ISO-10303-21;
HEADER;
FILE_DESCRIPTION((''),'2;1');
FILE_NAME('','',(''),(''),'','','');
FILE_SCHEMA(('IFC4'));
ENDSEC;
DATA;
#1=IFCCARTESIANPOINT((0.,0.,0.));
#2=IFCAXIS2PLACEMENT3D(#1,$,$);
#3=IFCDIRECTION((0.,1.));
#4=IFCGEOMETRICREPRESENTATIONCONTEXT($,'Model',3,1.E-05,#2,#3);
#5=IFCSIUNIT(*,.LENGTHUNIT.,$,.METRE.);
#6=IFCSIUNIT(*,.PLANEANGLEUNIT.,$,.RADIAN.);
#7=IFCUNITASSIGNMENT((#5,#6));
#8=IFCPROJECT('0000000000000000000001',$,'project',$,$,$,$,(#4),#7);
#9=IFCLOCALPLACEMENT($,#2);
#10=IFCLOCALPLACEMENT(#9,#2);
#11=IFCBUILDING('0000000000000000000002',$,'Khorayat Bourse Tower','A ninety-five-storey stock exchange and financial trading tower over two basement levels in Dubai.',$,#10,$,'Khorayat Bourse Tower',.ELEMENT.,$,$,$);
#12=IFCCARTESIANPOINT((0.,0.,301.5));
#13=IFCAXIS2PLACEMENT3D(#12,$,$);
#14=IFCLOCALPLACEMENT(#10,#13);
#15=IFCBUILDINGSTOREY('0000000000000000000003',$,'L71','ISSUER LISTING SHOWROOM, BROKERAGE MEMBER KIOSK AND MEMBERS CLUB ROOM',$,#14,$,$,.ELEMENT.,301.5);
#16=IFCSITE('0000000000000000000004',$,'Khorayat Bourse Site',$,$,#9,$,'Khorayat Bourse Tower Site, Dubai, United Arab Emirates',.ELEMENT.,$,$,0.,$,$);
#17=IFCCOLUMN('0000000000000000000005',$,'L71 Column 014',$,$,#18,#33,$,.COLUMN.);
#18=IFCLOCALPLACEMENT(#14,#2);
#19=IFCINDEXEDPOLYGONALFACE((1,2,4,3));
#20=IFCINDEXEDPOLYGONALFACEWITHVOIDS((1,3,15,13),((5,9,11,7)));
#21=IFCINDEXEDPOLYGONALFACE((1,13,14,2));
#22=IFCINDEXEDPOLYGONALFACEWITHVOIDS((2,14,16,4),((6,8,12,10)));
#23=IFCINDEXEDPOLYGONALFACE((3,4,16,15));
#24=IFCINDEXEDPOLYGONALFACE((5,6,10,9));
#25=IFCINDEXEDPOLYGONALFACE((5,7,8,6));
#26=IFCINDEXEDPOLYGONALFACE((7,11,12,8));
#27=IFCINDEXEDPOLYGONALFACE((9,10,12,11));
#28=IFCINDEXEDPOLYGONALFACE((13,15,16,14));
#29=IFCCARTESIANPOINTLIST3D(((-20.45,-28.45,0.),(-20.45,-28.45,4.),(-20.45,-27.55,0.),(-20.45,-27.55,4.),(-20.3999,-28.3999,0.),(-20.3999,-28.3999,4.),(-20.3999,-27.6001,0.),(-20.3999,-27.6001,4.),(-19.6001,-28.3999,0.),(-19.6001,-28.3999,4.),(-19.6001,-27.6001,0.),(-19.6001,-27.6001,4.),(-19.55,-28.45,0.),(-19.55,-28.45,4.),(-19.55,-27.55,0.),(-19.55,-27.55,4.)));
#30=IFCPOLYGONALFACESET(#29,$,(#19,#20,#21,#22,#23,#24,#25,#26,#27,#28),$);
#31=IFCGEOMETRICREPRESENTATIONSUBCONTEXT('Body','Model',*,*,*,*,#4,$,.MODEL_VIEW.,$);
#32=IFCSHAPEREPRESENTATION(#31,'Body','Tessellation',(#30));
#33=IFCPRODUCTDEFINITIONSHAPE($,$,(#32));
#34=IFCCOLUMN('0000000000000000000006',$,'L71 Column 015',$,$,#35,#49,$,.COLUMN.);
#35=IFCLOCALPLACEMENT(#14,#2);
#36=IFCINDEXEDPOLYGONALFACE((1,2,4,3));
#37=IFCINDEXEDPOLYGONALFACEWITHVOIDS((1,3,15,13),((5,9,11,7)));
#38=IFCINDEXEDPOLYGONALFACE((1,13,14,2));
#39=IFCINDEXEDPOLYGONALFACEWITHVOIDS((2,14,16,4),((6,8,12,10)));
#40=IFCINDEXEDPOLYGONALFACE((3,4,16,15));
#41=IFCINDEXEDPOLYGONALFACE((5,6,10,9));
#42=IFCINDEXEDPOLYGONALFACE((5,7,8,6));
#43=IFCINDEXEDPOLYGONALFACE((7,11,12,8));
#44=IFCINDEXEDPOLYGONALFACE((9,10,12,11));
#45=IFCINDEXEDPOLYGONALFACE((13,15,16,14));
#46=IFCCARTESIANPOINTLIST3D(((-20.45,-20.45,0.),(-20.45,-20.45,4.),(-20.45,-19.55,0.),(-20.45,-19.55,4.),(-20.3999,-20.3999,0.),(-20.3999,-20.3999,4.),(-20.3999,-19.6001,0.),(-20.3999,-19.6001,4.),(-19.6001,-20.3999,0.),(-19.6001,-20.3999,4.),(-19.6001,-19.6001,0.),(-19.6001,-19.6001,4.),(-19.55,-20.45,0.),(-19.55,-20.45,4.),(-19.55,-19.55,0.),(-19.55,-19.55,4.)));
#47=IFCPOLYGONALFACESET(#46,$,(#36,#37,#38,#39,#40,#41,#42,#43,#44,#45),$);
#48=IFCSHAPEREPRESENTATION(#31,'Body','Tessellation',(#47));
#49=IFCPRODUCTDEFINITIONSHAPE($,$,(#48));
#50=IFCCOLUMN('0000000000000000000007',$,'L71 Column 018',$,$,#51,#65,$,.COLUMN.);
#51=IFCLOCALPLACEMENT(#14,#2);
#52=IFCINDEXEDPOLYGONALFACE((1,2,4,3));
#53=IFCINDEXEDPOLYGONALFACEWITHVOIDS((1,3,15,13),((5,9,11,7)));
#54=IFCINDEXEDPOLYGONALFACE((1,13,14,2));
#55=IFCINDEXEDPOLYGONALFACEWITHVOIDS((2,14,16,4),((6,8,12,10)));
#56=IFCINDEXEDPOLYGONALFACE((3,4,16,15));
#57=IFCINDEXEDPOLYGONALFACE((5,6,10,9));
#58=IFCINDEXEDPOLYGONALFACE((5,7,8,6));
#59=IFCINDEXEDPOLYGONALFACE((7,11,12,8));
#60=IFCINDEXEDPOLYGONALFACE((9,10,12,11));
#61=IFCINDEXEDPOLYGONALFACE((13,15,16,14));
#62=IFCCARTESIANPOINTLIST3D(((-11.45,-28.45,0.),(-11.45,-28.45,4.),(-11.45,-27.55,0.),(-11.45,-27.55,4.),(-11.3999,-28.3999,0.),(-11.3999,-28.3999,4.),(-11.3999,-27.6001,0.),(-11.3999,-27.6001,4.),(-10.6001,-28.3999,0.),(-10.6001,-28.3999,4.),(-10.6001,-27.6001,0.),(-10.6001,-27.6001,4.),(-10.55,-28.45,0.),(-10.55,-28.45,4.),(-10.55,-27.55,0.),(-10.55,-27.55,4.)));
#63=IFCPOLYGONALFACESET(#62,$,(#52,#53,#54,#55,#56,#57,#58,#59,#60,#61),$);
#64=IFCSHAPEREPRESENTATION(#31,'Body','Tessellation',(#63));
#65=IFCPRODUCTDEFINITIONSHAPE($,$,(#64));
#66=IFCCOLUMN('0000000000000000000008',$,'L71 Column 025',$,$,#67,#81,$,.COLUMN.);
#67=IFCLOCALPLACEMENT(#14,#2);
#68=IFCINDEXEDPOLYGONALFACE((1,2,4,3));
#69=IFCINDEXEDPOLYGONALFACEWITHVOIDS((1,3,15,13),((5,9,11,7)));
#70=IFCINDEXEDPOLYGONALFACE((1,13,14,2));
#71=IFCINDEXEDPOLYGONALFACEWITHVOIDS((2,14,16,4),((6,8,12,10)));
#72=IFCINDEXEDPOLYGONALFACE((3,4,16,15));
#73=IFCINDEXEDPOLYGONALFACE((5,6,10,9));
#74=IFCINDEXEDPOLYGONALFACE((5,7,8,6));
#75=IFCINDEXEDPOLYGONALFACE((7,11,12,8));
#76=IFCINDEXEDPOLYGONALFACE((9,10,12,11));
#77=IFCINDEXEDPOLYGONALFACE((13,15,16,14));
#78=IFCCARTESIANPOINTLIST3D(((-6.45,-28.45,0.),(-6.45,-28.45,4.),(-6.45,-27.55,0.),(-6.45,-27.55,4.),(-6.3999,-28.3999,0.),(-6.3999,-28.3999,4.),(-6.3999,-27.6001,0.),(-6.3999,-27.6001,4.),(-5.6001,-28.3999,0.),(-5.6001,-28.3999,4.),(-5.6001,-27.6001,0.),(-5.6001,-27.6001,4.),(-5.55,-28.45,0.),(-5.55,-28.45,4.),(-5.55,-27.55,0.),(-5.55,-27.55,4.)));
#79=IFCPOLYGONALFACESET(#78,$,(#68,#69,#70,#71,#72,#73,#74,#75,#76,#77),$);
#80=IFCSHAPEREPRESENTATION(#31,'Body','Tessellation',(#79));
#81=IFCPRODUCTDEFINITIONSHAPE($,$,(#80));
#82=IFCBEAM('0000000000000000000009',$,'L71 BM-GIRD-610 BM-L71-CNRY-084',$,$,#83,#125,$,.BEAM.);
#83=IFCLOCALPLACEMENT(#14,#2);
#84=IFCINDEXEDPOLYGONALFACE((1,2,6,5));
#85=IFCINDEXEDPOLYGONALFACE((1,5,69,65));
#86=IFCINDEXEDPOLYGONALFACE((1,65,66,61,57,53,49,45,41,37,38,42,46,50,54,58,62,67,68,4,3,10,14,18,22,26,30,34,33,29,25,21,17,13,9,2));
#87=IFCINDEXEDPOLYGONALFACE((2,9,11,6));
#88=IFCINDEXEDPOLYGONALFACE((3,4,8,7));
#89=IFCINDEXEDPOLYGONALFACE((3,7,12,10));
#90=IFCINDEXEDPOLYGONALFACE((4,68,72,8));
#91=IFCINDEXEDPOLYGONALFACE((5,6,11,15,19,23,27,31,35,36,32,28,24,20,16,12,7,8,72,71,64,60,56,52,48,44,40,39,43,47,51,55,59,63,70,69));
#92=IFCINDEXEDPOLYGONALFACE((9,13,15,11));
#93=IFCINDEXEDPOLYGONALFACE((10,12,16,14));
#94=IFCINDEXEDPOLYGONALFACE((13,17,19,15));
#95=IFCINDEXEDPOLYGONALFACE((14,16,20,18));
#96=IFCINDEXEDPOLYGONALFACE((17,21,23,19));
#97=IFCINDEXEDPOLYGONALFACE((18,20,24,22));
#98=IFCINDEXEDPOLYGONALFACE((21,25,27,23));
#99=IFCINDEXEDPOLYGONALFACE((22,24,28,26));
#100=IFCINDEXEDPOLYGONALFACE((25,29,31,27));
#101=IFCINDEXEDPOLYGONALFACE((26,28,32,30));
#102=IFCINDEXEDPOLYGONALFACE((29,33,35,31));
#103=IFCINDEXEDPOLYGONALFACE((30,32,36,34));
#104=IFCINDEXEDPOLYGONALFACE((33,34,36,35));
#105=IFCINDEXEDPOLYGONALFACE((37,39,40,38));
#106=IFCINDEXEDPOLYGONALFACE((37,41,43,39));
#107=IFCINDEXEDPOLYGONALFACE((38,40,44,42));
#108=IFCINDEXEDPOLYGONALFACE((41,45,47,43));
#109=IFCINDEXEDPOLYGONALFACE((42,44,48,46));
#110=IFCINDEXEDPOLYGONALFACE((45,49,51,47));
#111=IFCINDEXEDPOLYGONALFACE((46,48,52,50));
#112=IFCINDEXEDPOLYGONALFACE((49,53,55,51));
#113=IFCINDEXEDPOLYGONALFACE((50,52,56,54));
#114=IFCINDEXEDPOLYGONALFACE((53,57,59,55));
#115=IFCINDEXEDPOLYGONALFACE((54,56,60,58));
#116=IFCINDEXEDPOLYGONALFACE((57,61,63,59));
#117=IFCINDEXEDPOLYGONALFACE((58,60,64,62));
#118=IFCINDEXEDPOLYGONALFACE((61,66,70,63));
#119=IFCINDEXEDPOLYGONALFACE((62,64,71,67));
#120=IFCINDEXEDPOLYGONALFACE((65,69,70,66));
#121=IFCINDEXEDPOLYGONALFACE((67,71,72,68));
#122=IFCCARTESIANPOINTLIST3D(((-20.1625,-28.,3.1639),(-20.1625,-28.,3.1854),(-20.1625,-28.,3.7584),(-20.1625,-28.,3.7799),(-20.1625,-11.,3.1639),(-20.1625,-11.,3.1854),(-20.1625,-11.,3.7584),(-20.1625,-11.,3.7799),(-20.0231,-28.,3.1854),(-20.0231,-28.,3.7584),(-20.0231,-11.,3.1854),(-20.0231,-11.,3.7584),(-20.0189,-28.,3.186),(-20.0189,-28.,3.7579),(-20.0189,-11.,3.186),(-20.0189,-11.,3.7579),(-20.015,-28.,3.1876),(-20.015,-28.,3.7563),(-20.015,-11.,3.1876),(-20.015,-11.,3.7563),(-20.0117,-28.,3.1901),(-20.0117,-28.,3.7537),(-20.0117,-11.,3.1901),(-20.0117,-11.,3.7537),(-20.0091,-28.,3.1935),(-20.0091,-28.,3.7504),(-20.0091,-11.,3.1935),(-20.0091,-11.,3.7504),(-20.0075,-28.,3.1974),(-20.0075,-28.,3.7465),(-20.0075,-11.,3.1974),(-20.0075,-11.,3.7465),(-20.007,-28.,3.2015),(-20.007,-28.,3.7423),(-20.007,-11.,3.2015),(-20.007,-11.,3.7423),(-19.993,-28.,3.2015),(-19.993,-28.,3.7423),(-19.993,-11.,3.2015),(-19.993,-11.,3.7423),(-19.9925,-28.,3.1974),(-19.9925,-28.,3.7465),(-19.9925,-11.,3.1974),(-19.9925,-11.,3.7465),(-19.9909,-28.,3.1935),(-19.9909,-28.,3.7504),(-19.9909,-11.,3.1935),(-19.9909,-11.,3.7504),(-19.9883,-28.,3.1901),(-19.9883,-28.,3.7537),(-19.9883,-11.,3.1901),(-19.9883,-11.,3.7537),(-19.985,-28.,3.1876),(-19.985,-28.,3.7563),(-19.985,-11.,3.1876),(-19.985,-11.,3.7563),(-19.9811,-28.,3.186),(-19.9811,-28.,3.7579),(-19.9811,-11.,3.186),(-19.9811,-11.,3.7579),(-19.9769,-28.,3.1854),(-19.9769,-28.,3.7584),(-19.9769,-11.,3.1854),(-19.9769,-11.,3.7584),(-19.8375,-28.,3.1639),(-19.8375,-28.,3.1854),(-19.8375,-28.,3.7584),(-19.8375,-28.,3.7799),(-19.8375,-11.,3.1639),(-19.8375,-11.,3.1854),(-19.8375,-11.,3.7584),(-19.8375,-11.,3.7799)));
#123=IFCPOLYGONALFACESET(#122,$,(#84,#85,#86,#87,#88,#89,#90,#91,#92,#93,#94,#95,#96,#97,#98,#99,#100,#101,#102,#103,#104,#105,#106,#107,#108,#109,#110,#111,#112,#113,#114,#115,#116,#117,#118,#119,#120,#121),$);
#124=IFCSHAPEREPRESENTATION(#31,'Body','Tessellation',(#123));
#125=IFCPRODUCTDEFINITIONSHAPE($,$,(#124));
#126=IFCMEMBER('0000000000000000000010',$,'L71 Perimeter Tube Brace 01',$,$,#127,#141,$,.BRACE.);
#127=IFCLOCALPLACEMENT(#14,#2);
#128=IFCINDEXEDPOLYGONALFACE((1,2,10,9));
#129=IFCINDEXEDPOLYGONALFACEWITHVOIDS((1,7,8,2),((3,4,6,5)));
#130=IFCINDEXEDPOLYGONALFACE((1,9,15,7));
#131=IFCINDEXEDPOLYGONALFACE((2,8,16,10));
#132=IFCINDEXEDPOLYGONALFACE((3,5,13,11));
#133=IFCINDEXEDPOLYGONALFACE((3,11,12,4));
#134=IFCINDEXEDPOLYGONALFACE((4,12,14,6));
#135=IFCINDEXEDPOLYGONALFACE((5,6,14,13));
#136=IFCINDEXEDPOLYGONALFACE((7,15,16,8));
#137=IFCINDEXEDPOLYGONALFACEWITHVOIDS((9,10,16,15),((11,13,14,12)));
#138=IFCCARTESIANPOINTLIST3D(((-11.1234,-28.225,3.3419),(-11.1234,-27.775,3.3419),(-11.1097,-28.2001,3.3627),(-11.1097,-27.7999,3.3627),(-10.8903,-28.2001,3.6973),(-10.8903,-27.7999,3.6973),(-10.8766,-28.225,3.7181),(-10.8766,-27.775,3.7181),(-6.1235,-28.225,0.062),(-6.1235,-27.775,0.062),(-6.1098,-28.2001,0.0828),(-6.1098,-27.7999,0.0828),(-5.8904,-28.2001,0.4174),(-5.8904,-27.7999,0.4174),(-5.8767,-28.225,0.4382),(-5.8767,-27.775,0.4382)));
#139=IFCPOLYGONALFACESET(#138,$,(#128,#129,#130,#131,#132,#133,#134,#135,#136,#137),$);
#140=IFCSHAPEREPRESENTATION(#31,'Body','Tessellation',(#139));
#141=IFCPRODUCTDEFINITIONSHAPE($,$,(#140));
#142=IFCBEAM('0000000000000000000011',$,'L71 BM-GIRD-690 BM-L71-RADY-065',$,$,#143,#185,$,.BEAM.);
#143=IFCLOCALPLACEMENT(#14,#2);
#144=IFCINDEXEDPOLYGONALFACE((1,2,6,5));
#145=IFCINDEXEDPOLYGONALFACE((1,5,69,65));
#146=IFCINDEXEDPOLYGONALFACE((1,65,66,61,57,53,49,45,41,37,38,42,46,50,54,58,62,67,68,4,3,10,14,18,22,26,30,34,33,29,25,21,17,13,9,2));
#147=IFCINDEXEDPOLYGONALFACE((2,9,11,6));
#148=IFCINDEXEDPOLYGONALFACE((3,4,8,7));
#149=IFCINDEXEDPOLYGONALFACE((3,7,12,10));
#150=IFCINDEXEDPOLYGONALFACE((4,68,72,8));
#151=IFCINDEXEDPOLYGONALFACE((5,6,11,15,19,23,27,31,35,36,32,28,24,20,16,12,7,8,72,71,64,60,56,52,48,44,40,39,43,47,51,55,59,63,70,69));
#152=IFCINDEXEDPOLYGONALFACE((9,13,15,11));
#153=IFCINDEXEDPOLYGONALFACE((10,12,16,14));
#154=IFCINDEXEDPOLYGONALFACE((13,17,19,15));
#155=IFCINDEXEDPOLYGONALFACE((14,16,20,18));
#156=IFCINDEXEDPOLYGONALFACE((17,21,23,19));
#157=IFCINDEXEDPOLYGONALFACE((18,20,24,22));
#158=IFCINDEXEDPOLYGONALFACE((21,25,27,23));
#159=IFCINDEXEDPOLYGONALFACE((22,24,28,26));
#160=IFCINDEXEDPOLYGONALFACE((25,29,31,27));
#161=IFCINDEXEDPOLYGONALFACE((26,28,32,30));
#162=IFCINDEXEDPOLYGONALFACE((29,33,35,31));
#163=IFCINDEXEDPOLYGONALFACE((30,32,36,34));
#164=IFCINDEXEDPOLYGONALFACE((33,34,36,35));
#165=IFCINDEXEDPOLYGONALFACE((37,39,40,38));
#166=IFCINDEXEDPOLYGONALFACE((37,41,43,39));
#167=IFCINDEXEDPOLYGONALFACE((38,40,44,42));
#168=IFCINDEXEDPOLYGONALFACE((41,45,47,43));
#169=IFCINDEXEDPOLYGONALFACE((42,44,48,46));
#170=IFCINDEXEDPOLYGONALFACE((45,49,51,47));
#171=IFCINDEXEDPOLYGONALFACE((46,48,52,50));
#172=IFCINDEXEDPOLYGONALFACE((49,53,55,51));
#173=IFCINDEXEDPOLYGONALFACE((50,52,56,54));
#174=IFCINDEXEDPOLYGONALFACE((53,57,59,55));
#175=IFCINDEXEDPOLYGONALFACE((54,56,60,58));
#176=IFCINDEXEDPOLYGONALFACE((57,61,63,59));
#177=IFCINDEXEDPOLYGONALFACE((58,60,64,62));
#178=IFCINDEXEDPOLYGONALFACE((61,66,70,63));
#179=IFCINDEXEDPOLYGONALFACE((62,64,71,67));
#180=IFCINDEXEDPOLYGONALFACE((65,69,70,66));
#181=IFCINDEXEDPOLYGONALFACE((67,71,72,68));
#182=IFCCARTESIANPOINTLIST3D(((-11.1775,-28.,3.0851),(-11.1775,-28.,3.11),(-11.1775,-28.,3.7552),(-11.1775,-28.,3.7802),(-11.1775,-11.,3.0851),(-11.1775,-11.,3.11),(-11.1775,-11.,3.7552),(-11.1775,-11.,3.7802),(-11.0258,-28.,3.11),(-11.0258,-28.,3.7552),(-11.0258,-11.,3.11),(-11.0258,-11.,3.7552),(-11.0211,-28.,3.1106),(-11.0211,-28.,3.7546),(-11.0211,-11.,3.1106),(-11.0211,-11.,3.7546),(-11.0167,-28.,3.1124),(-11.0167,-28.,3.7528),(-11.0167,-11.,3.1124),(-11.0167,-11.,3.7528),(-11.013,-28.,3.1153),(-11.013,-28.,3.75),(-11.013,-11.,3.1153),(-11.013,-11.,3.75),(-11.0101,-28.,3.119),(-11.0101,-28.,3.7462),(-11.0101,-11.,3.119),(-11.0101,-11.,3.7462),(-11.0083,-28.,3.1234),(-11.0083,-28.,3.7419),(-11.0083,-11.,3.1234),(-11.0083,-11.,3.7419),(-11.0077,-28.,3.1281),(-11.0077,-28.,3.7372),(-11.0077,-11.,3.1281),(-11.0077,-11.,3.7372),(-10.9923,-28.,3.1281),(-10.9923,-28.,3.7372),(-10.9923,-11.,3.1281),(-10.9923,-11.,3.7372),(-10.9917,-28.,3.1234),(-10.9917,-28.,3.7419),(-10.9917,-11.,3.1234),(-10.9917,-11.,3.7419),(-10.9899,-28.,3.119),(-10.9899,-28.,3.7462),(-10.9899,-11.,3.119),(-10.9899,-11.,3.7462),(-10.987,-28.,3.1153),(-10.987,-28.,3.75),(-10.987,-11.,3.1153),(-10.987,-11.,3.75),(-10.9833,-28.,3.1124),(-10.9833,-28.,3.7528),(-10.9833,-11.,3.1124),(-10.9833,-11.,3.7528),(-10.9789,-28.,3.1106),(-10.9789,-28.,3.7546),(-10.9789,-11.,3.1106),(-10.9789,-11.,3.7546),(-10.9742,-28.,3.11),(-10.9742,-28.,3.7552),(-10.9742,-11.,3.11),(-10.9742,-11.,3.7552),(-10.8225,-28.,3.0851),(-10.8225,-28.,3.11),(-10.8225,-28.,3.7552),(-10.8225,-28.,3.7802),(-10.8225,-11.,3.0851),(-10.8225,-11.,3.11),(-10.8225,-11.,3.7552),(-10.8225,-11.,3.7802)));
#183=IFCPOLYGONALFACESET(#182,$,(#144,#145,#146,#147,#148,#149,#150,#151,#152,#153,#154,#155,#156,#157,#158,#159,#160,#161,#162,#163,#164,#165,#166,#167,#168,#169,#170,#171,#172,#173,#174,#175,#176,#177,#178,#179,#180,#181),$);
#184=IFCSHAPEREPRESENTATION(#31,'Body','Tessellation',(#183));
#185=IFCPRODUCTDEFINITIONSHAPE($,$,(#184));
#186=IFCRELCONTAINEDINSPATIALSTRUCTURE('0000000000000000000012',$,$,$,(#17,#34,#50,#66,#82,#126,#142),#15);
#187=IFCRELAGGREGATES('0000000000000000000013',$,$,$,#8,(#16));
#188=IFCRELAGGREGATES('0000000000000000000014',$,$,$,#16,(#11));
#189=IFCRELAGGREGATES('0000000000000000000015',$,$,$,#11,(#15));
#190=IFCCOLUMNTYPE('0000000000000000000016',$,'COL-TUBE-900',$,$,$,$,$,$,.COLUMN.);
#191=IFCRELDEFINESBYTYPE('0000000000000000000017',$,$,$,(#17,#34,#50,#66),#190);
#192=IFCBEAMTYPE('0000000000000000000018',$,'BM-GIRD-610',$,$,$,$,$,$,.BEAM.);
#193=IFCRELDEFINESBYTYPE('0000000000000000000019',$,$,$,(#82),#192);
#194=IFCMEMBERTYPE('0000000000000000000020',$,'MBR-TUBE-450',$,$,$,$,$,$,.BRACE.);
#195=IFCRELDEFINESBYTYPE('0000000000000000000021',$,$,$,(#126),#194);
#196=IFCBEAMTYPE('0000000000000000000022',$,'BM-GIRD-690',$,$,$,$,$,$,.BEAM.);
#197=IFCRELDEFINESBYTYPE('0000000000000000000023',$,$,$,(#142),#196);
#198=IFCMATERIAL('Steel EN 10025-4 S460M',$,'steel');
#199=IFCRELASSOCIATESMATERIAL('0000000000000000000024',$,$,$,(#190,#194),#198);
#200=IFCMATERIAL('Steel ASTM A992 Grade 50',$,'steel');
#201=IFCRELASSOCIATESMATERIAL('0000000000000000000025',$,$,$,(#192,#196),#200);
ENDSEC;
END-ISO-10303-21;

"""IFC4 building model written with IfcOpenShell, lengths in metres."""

from ifc_helpers import new_model, si_unit, direction, frame, origin, origin_2d, place, context, subcontext, project, spatial, hollow_rectangle, i_section, extrude, source, transform, mapped, material, material_profile, profile_set, type_object, element, save


model = new_model("IFC4")

# Units and contexts
model_context = context("Model", 3, precision=1e-05, world=origin(), true_north=direction((0.0, 1.0)))
body_context = subcontext(model_context, "Body", "Model", "MODEL_VIEW")
ifc_project = project(units=[si_unit("LENGTHUNIT", "METRE"), si_unit("PLANEANGLEUNIT", "RADIAN")], contexts=[model_context])

# Site, building, storey
site_placement = place(None, origin())
site = spatial("IfcSite", under=ifc_project, at=site_placement, Name="Khorayat Bourse Site", LongName="Khorayat Bourse Tower Site, Dubai, United Arab Emirates", CompositionType="ELEMENT", RefElevation=0.0)
building_placement = place(site_placement, origin())
building = spatial("IfcBuilding", under=site, at=building_placement, Name="Khorayat Bourse Tower", Description="A ninety-five-storey stock exchange and financial trading tower over two basement levels in Dubai.", LongName="Khorayat Bourse Tower", CompositionType="ELEMENT")
storey_placement = place(building_placement, frame((0.0, 0.0, 301.5)))
storey = spatial("IfcBuildingStorey", under=building, at=storey_placement, Name="L71", Description="ISSUER LISTING SHOWROOM, BROKERAGE MEMBER KIOSK AND MEMBERS CLUB ROOM", CompositionType="ELEMENT", Elevation=301.5)

# Columns
ifc_material_1 = material(Name="Steel EN 10025-4 S460M", Category="steel")
ifc_material_profile_1 = material_profile(ifc_material_1, hollow_rectangle(XDim=0.8999, YDim=0.8999, WallThickness=0.05, at=origin_2d()), Name="BOX 900x900x50")
ifc_profile_set_1 = profile_set([ifc_material_profile_1], Name="Steel EN 10025-4 S460M")
column_type = type_object("IfcColumnType", Name="COL-TUBE-900", PredefinedType="COLUMN", material=ifc_profile_set_1)
shared_shape_1 = source(origin(), body_context, "Body", "SweptSolid", [
    extrude(hollow_rectangle(XDim=0.8999, YDim=0.8999, WallThickness=0.05, at=origin_2d()), origin(), (0.0, 0.0, 1.0), 4.0),
])
for number, where, z_axis, x_axis, name in (
    (1, (-20.0, -28.0, 0.0), (0.0, 0.0, 1.0), (1.0, 0.0, 0.0), "L71 Column 014"),
    (2, (-20.0, -20.0, 0.0), (0.0, 0.0, 1.0), (1.0, 0.0, 0.0), "L71 Column 015"),
    (3, (-11.0, -28.0, 0.0), (0.0, 0.0, 1.0), (1.0, 0.0, 0.0), "L71 Column 018"),
    (4, (-6.0, -28.0, 0.0), (0.0, 0.0, 1.0), (1.0, 0.0, 0.0), "L71 Column 025"),
):
    element("IfcColumn", number, at=place(storey_placement, frame(where, z_axis=z_axis, x_axis=x_axis)), inside=storey, type_object=column_type, Name=name, PredefinedType="COLUMN", context=body_context, shape_type="MappedRepresentation", body=[
        mapped(shared_shape_1, transform((0.0, 0.0, 0.0), scale=1.0)),
    ])

# Beam
ifc_material_2 = material(Name="Steel ASTM A992 Grade 50", Category="steel")
ifc_material_profile_2 = material_profile(ifc_material_2, i_section(OverallWidth=0.325, OverallDepth=0.616, WebThickness=0.0139, FlangeThickness=0.0215, FilletRadius=0.0161, at=origin_2d()), Name="W610X174")
ifc_profile_set_2 = profile_set([ifc_material_profile_2], Name="Steel ASTM A992 Grade 50")
beam_type_1 = type_object("IfcBeamType", Name="BM-GIRD-610", PredefinedType="BEAM", material=ifc_profile_set_2)
shared_shape_2 = source(origin(), body_context, "Body", "SweptSolid", [
    extrude(i_section(OverallWidth=0.325, OverallDepth=0.616, WebThickness=0.0139, FlangeThickness=0.0215, FilletRadius=0.0161, at=origin_2d()), origin(), (0.0, 0.0, 1.0), 17.0),
])
beam_1_placement = place(storey_placement, frame((-20.0, -28.0, 3.4719), z_axis=(0.0, 1.0, 0.0), x_axis=(-1.0, 0.0, 0.0)))
element("IfcBeam", 5, at=beam_1_placement, inside=storey, type_object=beam_type_1, Name="L71 BM-GIRD-610 BM-L71-CNRY-084", PredefinedType="BEAM", context=body_context, shape_type="MappedRepresentation", body=[
    mapped(shared_shape_2, transform((0.0, 0.0, 0.0), scale=1.0)),
])

# Member
ifc_material_profile_3 = material_profile(ifc_material_1, hollow_rectangle(XDim=0.45, YDim=0.45, WallThickness=0.0249, at=origin_2d()), Name="HSS 450x450x25")
ifc_profile_set_3 = profile_set([ifc_material_profile_3], Name="Steel EN 10025-4 S460M")
member_type_1 = type_object("IfcMemberType", Name="MBR-TUBE-450", PredefinedType="BRACE", material=ifc_profile_set_3)
shared_shape_3 = source(origin(), body_context, "Body", "SweptSolid", [
    extrude(hollow_rectangle(XDim=0.45, YDim=0.45, WallThickness=0.0249, at=origin_2d()), origin(), (0.0, 0.0, 1.0), 5.9797),
])
member_1_placement = place(storey_placement, frame((-11.0, -28.0, 3.53), z_axis=(0.836142, 0.0, -0.548514), x_axis=(0.0, 1.0, 0.0)))
element("IfcMember", 6, at=member_1_placement, inside=storey, type_object=member_type_1, Name="L71 Perimeter Tube Brace 01", PredefinedType="BRACE", context=body_context, shape_type="MappedRepresentation", body=[
    mapped(shared_shape_3, transform((0.0, 0.0, 0.0), scale=1.0)),
])

# Beam
ifc_material_profile_4 = material_profile(ifc_material_2, i_section(OverallWidth=0.355, OverallDepth=0.6951, WebThickness=0.0154, FlangeThickness=0.0249, FilletRadius=0.0181, at=origin_2d()), Name="W690X217")
ifc_profile_set_4 = profile_set([ifc_material_profile_4], Name="Steel ASTM A992 Grade 50")
beam_type_2 = type_object("IfcBeamType", Name="BM-GIRD-690", PredefinedType="BEAM", material=ifc_profile_set_4)
shared_shape_4 = source(origin(), body_context, "Body", "SweptSolid", [
    extrude(i_section(OverallWidth=0.355, OverallDepth=0.6951, WebThickness=0.0154, FlangeThickness=0.0249, FilletRadius=0.0181, at=origin_2d()), origin(), (0.0, 0.0, 1.0), 17.0),
])
for number, where, z_axis, x_axis, name in (
    (7, (-11.0, -28.0, 3.4326), (0.0, 1.0, 0.0), (-1.0, 0.0, 0.0), "L71 BM-GIRD-690 BM-L71-RADY-065"),
):
    element("IfcBeam", number, at=place(storey_placement, frame(where, z_axis=z_axis, x_axis=x_axis)), inside=storey, type_object=beam_type_2, Name=name, PredefinedType="BEAM", context=body_context, shape_type="MappedRepresentation", body=[
        mapped(shared_shape_4, transform((0.0, 0.0, 0.0), scale=1.0)),
    ])

save(model, "model.ifc")
